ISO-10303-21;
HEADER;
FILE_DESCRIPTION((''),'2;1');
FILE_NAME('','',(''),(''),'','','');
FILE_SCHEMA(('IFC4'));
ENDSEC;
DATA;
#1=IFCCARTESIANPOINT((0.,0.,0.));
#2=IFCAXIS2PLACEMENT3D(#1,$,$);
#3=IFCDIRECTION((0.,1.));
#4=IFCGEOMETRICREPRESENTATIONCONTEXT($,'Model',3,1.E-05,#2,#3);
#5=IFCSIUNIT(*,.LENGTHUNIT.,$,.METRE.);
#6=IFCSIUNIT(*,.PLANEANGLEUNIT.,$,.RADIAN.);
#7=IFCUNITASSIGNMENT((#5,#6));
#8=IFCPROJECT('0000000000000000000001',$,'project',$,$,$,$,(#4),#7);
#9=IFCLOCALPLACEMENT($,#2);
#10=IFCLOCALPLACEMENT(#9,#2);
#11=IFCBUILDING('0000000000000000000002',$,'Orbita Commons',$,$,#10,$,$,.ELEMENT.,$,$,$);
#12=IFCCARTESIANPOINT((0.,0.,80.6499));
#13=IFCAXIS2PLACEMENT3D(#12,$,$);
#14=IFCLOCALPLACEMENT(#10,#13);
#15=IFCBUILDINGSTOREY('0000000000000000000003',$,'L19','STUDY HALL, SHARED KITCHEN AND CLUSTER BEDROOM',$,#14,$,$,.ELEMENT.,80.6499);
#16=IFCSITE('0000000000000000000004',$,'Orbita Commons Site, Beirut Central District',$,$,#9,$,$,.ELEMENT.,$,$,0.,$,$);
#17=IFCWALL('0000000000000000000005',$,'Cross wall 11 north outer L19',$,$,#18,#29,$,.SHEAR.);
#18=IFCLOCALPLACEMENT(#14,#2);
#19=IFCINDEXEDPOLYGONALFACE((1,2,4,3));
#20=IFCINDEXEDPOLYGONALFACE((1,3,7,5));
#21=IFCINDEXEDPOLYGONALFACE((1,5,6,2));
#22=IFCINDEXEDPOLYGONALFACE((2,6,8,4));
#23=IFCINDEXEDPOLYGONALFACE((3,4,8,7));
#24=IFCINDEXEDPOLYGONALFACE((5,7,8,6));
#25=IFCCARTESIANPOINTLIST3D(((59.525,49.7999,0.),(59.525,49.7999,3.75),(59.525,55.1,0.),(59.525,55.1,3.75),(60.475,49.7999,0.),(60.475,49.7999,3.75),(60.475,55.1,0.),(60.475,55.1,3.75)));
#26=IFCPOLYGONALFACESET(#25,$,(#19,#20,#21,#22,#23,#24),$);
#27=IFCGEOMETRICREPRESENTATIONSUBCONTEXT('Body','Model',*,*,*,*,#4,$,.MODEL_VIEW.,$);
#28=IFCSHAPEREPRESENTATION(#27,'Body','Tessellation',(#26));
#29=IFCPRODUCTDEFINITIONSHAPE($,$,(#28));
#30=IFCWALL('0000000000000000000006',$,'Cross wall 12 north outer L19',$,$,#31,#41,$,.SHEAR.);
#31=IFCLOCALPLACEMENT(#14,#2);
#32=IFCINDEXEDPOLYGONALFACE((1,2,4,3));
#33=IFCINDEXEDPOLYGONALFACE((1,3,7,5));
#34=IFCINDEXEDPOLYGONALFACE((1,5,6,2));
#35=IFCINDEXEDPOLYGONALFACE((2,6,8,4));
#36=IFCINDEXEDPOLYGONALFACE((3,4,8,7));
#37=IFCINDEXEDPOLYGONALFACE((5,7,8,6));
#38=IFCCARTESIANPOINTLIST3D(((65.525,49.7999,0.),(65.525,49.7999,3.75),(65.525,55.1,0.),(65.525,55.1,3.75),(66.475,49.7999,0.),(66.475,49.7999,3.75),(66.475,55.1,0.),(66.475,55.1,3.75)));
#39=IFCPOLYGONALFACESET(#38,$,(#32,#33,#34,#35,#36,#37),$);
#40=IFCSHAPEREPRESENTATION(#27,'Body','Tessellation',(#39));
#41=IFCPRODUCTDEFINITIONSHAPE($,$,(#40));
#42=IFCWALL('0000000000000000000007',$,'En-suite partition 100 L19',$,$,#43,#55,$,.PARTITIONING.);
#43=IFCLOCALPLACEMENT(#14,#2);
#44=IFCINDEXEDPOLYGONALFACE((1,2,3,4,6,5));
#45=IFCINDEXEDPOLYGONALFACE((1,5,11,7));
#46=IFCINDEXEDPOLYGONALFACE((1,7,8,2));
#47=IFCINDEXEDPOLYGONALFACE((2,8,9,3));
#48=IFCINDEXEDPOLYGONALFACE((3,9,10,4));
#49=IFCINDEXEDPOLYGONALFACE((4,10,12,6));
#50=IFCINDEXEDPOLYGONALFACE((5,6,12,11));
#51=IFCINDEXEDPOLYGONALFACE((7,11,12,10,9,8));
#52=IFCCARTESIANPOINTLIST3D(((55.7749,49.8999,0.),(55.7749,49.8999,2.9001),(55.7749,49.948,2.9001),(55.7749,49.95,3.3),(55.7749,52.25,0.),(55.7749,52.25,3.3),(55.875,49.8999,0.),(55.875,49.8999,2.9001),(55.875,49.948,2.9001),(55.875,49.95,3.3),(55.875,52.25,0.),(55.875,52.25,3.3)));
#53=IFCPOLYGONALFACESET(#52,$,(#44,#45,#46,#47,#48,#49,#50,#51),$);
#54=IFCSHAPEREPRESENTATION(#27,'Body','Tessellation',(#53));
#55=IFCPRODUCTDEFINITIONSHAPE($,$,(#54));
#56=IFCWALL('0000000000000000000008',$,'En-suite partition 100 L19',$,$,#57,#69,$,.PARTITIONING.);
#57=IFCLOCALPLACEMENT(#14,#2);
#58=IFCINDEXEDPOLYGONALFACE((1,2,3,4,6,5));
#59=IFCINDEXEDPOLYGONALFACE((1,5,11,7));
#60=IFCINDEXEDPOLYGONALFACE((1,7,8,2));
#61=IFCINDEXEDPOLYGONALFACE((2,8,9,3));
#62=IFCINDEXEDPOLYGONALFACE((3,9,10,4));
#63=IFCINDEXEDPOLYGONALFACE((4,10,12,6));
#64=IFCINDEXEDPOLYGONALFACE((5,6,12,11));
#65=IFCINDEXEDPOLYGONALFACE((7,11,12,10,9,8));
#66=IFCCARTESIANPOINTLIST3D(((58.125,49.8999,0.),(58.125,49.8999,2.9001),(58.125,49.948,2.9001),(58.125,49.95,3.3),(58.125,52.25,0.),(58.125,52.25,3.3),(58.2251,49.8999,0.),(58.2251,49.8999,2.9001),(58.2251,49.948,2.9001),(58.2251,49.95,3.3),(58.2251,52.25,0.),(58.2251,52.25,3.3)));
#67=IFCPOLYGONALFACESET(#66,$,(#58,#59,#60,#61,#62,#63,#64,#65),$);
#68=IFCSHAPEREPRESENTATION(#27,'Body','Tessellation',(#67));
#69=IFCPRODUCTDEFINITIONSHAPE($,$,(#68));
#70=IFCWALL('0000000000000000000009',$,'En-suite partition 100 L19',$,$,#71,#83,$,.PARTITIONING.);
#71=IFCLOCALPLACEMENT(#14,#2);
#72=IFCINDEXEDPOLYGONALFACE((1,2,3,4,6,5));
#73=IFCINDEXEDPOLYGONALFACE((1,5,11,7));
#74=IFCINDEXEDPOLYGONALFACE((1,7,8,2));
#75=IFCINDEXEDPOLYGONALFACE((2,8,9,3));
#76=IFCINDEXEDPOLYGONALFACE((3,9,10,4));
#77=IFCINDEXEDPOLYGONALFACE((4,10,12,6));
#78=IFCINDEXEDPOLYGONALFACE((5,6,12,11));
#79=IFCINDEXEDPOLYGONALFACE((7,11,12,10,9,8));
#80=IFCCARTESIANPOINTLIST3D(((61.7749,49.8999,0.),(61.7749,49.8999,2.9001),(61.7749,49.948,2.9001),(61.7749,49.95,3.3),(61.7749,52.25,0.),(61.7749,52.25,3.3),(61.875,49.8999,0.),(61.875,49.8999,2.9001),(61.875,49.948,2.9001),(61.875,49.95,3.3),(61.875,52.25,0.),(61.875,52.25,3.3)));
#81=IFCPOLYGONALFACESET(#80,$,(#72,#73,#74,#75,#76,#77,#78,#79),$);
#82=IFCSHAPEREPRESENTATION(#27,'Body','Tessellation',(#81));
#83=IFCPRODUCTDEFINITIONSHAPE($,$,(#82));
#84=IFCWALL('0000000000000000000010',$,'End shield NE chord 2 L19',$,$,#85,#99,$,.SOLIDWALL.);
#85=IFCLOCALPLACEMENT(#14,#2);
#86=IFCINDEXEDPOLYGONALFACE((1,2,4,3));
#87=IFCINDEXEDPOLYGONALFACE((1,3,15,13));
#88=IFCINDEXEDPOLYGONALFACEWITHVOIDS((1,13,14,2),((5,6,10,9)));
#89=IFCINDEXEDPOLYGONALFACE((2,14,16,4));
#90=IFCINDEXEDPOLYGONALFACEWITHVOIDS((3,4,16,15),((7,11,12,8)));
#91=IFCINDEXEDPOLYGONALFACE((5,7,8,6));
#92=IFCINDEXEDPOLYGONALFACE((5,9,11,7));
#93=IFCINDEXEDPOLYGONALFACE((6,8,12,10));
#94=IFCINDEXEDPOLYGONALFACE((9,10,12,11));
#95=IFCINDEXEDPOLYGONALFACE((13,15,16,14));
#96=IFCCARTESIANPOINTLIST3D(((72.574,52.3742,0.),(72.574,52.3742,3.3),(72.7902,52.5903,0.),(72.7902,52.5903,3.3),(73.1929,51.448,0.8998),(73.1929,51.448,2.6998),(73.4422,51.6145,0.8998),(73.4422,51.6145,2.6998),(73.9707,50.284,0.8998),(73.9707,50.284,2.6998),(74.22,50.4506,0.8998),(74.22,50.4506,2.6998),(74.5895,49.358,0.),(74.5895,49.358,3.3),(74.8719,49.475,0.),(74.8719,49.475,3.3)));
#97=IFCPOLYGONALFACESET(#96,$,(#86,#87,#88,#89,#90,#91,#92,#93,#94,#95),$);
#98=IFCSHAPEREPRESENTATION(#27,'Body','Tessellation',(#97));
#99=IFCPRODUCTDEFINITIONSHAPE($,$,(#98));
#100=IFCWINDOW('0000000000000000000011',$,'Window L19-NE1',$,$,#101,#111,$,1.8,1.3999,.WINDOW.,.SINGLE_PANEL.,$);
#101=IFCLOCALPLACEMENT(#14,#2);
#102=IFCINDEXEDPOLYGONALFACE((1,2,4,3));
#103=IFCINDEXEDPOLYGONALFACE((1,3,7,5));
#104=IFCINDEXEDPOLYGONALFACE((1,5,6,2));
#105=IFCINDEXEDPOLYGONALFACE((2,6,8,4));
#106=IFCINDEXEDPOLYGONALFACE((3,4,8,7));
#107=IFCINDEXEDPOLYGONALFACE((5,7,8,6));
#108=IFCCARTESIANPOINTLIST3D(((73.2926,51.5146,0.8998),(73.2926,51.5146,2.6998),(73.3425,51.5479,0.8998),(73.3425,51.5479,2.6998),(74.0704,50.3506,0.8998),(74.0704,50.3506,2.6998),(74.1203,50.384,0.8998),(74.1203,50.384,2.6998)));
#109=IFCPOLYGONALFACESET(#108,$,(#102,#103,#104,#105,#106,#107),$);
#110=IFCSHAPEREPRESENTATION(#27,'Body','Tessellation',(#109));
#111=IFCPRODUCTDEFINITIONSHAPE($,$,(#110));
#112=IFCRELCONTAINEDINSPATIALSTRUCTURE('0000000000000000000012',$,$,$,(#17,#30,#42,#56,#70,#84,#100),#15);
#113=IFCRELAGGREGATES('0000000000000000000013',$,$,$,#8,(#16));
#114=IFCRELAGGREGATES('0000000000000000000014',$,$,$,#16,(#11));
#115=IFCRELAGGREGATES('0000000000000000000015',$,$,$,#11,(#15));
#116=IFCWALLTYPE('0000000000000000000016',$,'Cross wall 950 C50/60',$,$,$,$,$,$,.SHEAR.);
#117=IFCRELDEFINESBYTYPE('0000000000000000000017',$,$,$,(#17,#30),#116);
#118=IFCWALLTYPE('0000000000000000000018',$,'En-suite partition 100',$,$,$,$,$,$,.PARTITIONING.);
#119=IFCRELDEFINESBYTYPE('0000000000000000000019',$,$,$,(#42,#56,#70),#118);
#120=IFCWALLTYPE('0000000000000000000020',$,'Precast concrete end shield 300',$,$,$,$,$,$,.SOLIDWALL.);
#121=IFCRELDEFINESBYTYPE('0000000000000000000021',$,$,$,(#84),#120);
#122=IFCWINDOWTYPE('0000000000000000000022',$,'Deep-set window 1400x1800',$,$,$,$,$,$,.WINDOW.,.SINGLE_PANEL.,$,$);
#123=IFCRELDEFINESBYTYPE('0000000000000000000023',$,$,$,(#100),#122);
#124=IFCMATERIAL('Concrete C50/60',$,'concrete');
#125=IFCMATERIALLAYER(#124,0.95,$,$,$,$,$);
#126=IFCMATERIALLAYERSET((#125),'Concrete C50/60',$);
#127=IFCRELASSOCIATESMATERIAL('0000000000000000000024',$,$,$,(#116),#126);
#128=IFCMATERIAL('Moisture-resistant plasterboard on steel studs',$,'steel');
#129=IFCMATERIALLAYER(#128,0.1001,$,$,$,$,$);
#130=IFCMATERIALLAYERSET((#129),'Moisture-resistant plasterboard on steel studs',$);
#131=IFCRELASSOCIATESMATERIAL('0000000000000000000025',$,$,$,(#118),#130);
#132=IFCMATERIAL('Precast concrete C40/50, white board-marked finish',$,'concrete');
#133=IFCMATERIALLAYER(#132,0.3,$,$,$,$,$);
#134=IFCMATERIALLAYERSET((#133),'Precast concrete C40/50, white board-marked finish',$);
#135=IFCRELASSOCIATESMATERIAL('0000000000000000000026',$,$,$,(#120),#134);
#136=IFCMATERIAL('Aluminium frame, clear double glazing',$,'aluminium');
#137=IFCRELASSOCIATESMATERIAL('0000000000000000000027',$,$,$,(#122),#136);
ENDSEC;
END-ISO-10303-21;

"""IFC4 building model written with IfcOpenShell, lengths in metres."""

from ifc_helpers import new_model, si_unit, direction, frame, frame_2d, origin, place, context, subcontext, project, spatial, polyline, rectangle, outline, extrude, material, layer, layer_set, type_object, element, fill, save


model = new_model("IFC4")

# Units and contexts
model_context = context("Model", 3, precision=1e-05, world=origin(), true_north=direction((0.0, 1.0)))
body_context = subcontext(model_context, "Body", "Model", "MODEL_VIEW")
ifc_project = project(units=[si_unit("LENGTHUNIT", "METRE"), si_unit("PLANEANGLEUNIT", "RADIAN")], contexts=[model_context])

# Site, building, storey
site_placement = place(None, origin())
site = spatial("IfcSite", under=ifc_project, at=site_placement, Name="Orbita Commons Site, Beirut Central District", CompositionType="ELEMENT", RefElevation=0.0)
building_placement = place(site_placement, origin())
building = spatial("IfcBuilding", under=site, at=building_placement, Name="Orbita Commons", CompositionType="ELEMENT")
storey_placement = place(building_placement, frame((0.0, 0.0, 80.6499)))
storey = spatial("IfcBuildingStorey", under=building, at=storey_placement, Name="L19", Description="STUDY HALL, SHARED KITCHEN AND CLUSTER BEDROOM", CompositionType="ELEMENT", Elevation=80.6499)

# Walls
ifc_material_1 = material(Name="Concrete C50/60", Category="concrete")
ifc_layer_1 = layer(ifc_material_1, 0.95)
ifc_layer_set_1 = layer_set([ifc_layer_1], Name="Concrete C50/60")
wall_type_1 = type_object("IfcWallType", Name="Cross wall 950 C50/60", PredefinedType="SHEAR", material=ifc_layer_set_1)
for number, where, z_axis, x_axis, name in (
    (1, (60.0, 49.8, 0.0), (0.0, 0.0, 1.0), (0.0, 1.0, 0.0), "Cross wall 11 north outer L19"),
    (2, (66.0, 49.8, 0.0), (0.0, 0.0, 1.0), (0.0, 1.0, 0.0), "Cross wall 12 north outer L19"),
):
    element("IfcWall", number, at=place(storey_placement, frame(where, z_axis=z_axis, x_axis=x_axis)), inside=storey, type_object=wall_type_1, Name=name, PredefinedType="SHEAR", context=body_context, shape_type="SweptSolid", body=[
        extrude(rectangle(XDim=5.3, YDim=0.95, at=frame_2d((2.6499, 0.0))), origin(), (0.0, 0.0, 1.0), 3.75),
    ])
ifc_material_2 = material(Name="Moisture-resistant plasterboard on steel studs", Category="steel")
ifc_layer_2 = layer(ifc_material_2, 0.1001)
ifc_layer_set_2 = layer_set([ifc_layer_2], Name="Moisture-resistant plasterboard on steel studs")
wall_type_2 = type_object("IfcWallType", Name="En-suite partition 100", PredefinedType="PARTITIONING", material=ifc_layer_set_2)
for number, where, z_axis, x_axis, name in (
    (3, (55.825, 52.25, 0.0), (0.0, 0.0, 1.0), (0.0, -1.0, 0.0), "En-suite partition 100 L19"),
    (4, (58.175, 52.25, 0.0), (0.0, 0.0, 1.0), (0.0, -1.0, 0.0), "En-suite partition 100 L19"),
    (5, (61.825, 52.25, 0.0), (0.0, 0.0, 1.0), (0.0, -1.0, 0.0), "En-suite partition 100 L19"),
):
    element("IfcWall", number, at=place(storey_placement, frame(where, z_axis=z_axis, x_axis=x_axis)), inside=storey, type_object=wall_type_2, Name=name, PredefinedType="PARTITIONING", context=body_context, shape_type="SweptSolid", body=[
        extrude(outline(polyline([(0.0, 0.0), (2.3501, 0.0), (2.3501, 2.9001), (2.302, 2.9001), (2.3, 3.3), (0.0, 3.3), (0.0, 0.0)])), frame((0.0, 0.05, 0.0), z_axis=(0.0, -1.0, 0.0), x_axis=(1.0, 0.0, 0.0)), (0.0, 0.0, 1.0), 0.1001),
    ])

# Wall, opening, window
ifc_material_3 = material(Name="Precast concrete C40/50, white board-marked finish", Category="concrete")
ifc_layer_3 = layer(ifc_material_3, 0.3)
ifc_layer_set_3 = layer_set([ifc_layer_3], Name="Precast concrete C40/50, white board-marked finish")
wall_type_3 = type_object("IfcWallType", Name="Precast concrete end shield 300", PredefinedType="SOLIDWALL", material=ifc_layer_set_3)
wall_1_placement = place(storey_placement, frame((74.7307, 49.4165, 0.0), z_axis=(0.0, 0.0, 1.0), x_axis=(-0.555601, 0.831449, 0.0)))
wall_1 = element("IfcWall", 6, at=wall_1_placement, inside=storey, type_object=wall_type_3, Name="End shield NE chord 2 L19", PredefinedType="SOLIDWALL", context=body_context, shape_type="SweptSolid", body=[
    extrude(outline(polyline([(-0.0298, -0.1499), (3.717, -0.1499), (3.6575, 0.1499), (0.0298, 0.1499), (-0.0298, -0.1499)])), origin(), (0.0, 0.0, 1.0), 3.3),
])
opening_1_placement = place(wall_1_placement, frame((1.1436, 0.0, 0.8999)))
opening_1 = element("IfcOpeningElement", 7, at=opening_1_placement, cuts=wall_1, PredefinedType="OPENING", context=body_context, shape_type="SweptSolid", body=[
    extrude(rectangle(XDim=1.3999, YDim=1.8, at=frame_2d((0.7, 0.8999))), frame((0.0, 0.1599, 0.0), z_axis=(0.0, -1.0, 0.0), x_axis=(1.0, 0.0, 0.0)), (0.0, 0.0, 1.0), 0.3201),
])
ifc_material_4 = material(Name="Aluminium frame, clear double glazing", Category="aluminium")
window_type = type_object("IfcWindowType", Name="Deep-set window 1400x1800", PartitioningType="SINGLE_PANEL", PredefinedType="WINDOW", material=ifc_material_4)
window_placement = place(opening_1_placement, origin())
window = element("IfcWindow", 8, at=window_placement, inside=storey, type_object=window_type, Name="Window L19-NE1", OverallHeight=1.8, OverallWidth=1.3999, PartitioningType="SINGLE_PANEL", PredefinedType="WINDOW", context=body_context, shape_type="SweptSolid", body=[
    extrude(rectangle(XDim=1.3999, YDim=1.8, at=frame_2d((0.7, 0.8999))), frame((0.0, 0.03, 0.0), z_axis=(0.0, -1.0, 0.0), x_axis=(1.0, 0.0, 0.0)), (0.0, 0.0, 1.0), 0.0601),
])
fill(opening_1, window)

save(model, "model.ifc")
